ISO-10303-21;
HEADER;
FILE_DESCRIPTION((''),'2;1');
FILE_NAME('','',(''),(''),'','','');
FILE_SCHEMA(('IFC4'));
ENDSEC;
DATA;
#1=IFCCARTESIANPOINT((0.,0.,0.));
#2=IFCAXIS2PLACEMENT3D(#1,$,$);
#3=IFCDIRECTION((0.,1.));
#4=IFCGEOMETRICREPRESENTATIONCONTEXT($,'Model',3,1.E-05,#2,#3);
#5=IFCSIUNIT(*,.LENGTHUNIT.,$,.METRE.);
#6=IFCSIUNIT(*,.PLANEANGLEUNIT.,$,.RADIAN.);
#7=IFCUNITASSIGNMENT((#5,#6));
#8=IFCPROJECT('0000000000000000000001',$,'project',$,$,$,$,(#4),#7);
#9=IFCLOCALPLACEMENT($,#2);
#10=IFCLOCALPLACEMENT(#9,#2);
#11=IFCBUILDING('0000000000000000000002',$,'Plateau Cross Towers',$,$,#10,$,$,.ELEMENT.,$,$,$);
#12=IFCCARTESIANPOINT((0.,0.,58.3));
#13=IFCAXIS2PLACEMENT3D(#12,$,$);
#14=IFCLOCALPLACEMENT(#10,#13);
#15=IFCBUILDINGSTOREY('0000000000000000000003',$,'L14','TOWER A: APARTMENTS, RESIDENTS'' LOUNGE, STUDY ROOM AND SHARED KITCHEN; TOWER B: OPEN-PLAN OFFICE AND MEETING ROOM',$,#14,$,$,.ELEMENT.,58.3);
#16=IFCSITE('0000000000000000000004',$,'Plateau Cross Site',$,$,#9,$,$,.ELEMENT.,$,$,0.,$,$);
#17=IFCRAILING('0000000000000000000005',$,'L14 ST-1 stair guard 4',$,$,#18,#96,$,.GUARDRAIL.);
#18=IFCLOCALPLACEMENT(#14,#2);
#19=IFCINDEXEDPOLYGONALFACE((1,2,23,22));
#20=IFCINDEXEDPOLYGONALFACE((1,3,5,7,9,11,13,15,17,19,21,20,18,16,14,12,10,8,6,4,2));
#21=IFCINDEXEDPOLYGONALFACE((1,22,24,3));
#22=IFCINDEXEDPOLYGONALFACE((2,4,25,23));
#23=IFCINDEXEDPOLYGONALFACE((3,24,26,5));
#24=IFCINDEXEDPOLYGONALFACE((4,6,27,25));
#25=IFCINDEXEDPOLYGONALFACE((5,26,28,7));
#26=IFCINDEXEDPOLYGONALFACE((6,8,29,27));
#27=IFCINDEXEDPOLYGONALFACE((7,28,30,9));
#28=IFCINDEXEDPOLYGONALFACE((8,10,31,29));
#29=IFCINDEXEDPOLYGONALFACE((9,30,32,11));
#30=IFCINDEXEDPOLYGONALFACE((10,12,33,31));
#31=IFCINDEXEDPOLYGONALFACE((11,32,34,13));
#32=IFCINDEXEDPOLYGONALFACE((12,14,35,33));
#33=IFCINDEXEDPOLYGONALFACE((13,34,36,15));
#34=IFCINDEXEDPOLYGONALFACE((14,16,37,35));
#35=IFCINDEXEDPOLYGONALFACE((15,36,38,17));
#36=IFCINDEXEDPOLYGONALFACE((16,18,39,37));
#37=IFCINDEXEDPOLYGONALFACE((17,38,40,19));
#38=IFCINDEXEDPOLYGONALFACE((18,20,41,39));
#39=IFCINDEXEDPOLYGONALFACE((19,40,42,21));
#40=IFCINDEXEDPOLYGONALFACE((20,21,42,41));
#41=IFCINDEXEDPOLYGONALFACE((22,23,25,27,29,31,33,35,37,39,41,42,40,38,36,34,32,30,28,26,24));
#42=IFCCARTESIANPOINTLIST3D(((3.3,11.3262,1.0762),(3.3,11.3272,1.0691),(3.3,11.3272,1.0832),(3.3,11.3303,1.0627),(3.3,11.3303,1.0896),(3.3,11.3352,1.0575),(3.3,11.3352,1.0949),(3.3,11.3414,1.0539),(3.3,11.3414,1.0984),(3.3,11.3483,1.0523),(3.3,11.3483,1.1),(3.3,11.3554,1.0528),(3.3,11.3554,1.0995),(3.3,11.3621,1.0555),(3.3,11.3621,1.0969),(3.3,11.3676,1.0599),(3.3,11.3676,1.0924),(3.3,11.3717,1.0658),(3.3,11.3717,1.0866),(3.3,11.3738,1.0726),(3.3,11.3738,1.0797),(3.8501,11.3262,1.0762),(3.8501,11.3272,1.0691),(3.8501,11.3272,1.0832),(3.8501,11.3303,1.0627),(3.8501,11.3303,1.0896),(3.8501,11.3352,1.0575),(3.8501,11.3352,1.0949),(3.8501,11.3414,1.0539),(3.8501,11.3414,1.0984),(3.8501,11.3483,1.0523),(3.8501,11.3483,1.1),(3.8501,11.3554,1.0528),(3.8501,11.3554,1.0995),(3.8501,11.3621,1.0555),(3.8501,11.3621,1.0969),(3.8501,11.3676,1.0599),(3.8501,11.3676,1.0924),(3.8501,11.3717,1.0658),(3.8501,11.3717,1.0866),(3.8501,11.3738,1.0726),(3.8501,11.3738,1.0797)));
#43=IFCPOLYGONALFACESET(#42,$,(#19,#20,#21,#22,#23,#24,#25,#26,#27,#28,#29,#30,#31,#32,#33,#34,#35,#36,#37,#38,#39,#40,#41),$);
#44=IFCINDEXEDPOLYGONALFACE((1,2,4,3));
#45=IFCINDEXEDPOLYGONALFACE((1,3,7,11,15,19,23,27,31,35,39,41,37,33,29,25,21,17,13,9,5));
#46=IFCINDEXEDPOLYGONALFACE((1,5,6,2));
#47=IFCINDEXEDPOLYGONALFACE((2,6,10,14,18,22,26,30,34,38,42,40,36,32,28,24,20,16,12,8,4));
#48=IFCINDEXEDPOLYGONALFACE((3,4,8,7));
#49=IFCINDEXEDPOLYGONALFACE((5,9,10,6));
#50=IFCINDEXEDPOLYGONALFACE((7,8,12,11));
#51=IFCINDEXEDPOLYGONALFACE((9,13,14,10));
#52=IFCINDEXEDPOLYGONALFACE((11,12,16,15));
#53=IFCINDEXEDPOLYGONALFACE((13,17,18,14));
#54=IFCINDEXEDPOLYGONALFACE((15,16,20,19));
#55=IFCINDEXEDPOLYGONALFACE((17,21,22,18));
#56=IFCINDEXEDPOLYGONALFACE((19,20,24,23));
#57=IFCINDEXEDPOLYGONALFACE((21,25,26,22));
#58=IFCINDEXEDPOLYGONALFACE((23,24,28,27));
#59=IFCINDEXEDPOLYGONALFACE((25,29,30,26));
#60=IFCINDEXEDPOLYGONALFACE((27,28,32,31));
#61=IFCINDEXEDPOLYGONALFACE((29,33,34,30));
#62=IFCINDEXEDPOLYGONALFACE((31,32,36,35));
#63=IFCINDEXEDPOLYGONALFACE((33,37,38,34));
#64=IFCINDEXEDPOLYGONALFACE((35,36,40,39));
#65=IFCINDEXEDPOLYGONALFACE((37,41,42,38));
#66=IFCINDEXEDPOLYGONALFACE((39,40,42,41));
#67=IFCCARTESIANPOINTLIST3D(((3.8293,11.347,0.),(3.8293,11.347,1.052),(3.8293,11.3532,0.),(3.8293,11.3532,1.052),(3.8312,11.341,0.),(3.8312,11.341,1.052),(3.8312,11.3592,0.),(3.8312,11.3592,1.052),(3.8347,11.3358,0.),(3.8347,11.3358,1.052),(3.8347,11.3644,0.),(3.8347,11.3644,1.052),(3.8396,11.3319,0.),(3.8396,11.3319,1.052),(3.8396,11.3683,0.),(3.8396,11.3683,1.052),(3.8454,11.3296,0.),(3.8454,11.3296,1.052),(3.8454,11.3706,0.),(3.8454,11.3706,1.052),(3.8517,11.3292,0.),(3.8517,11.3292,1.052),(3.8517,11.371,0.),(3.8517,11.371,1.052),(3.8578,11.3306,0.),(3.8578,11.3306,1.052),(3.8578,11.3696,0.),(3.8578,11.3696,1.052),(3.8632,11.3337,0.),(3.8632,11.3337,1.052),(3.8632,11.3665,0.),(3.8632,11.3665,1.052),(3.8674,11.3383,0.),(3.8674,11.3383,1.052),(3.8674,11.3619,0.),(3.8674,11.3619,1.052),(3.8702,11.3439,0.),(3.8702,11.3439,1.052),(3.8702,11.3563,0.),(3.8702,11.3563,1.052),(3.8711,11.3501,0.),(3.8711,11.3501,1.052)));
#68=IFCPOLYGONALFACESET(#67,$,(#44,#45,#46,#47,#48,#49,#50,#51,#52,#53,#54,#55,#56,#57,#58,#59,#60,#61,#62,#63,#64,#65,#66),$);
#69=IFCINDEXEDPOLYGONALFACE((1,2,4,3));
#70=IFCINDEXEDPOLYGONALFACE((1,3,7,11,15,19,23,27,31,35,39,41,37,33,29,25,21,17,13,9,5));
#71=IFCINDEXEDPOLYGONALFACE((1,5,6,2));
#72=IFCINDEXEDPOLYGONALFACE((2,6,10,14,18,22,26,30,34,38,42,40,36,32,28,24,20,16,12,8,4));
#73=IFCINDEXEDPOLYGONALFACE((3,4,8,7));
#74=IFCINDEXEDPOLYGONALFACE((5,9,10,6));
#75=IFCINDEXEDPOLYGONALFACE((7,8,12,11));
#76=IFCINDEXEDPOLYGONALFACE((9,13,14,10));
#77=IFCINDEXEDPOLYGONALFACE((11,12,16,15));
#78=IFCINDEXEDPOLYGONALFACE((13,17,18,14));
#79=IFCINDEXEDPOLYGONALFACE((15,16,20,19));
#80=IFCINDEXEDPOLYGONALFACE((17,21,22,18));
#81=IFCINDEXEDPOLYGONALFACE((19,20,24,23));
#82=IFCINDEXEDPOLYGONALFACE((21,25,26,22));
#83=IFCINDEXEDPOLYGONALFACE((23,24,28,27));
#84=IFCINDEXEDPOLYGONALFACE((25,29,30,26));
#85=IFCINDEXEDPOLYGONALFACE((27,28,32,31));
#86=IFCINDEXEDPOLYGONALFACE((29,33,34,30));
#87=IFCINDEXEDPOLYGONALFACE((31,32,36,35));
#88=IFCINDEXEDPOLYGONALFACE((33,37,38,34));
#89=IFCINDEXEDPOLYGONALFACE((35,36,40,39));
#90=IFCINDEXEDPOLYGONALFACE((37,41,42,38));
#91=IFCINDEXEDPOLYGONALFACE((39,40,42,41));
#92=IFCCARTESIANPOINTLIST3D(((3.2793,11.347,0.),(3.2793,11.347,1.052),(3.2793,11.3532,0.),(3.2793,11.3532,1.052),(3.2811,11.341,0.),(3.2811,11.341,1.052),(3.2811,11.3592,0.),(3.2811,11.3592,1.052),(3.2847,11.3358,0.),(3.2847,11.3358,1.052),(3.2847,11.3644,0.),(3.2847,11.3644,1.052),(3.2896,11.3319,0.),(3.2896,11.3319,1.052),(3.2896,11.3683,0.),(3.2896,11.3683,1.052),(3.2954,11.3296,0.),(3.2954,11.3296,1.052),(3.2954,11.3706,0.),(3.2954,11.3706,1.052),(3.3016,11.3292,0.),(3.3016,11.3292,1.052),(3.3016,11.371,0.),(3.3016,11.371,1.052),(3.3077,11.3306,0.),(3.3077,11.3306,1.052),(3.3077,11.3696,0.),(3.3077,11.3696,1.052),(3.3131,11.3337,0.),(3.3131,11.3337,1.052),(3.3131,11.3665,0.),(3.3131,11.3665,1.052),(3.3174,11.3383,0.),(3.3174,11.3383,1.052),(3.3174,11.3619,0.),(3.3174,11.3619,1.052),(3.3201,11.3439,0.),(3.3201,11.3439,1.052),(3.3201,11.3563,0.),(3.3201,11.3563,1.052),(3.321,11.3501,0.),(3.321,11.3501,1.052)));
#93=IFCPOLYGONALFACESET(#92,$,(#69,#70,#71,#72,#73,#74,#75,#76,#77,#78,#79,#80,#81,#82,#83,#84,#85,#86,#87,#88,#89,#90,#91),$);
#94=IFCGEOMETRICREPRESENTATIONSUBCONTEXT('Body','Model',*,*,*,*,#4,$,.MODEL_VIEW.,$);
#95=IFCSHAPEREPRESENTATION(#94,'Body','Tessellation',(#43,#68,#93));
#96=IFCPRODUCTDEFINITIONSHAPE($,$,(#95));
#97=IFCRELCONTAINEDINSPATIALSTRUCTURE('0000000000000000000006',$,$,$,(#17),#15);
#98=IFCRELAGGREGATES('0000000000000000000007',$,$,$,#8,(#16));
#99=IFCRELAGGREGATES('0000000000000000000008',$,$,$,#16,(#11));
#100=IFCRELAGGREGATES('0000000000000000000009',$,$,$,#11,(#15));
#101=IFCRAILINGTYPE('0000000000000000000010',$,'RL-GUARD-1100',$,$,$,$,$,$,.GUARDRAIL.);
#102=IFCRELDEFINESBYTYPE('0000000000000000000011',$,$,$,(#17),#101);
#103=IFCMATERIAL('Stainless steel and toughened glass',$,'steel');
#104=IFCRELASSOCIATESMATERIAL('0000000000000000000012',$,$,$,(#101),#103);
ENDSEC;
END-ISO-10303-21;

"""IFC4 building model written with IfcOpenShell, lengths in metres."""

from ifc_helpers import new_model, si_unit, direction, frame, origin, origin_2d, place, context, subcontext, project, spatial, circle, extrude, material, type_object, element, save


model = new_model("IFC4")

# Units and contexts
model_context = context("Model", 3, precision=1e-05, world=origin(), true_north=direction((0.0, 1.0)))
body_context = subcontext(model_context, "Body", "Model", "MODEL_VIEW")
ifc_project = project(units=[si_unit("LENGTHUNIT", "METRE"), si_unit("PLANEANGLEUNIT", "RADIAN")], contexts=[model_context])

# Site, building, storey
site_placement = place(None, origin())
site = spatial("IfcSite", under=ifc_project, at=site_placement, Name="Plateau Cross Site", CompositionType="ELEMENT", RefElevation=0.0)
building_placement = place(site_placement, origin())
building = spatial("IfcBuilding", under=site, at=building_placement, Name="Plateau Cross Towers", CompositionType="ELEMENT")
storey_placement = place(building_placement, frame((0.0, 0.0, 58.3)))
storey = spatial("IfcBuildingStorey", under=building, at=storey_placement, Name="L14", Description="TOWER A: APARTMENTS, RESIDENTS' LOUNGE, STUDY ROOM AND SHARED KITCHEN; TOWER B: OPEN-PLAN OFFICE AND MEETING ROOM", CompositionType="ELEMENT", Elevation=58.3)

# Railing
ifc_material_1 = material(Name="Stainless steel and toughened glass", Category="steel")
railing_type = type_object("IfcRailingType", Name="RL-GUARD-1100", PredefinedType="GUARDRAIL", material=ifc_material_1)
railing_1_placement = place(storey_placement, frame((3.8501, 11.3501, 0.0)))
element("IfcRailing", 1, at=railing_1_placement, inside=storey, type_object=railing_type, Name="L14 ST-1 stair guard 4", PredefinedType="GUARDRAIL", context=body_context, shape_type="SweptSolid", body=[
    extrude(circle(Radius=0.0239, at=origin_2d()), frame((0.0, 0.0, 1.0762), z_axis=(-1.0, 0.0, 0.0), x_axis=(0.0, -1.0, 0.0)), (0.0, 0.0, 1.0), 0.55),
    extrude(circle(Radius=0.021, at=origin_2d()), origin(), (0.0, 0.0, 1.0), 1.052),
    extrude(circle(Radius=0.021, at=origin_2d()), frame((-0.55, 0.0, 0.0)), (0.0, 0.0, 1.0), 1.052),
])

save(model, "model.ifc")
